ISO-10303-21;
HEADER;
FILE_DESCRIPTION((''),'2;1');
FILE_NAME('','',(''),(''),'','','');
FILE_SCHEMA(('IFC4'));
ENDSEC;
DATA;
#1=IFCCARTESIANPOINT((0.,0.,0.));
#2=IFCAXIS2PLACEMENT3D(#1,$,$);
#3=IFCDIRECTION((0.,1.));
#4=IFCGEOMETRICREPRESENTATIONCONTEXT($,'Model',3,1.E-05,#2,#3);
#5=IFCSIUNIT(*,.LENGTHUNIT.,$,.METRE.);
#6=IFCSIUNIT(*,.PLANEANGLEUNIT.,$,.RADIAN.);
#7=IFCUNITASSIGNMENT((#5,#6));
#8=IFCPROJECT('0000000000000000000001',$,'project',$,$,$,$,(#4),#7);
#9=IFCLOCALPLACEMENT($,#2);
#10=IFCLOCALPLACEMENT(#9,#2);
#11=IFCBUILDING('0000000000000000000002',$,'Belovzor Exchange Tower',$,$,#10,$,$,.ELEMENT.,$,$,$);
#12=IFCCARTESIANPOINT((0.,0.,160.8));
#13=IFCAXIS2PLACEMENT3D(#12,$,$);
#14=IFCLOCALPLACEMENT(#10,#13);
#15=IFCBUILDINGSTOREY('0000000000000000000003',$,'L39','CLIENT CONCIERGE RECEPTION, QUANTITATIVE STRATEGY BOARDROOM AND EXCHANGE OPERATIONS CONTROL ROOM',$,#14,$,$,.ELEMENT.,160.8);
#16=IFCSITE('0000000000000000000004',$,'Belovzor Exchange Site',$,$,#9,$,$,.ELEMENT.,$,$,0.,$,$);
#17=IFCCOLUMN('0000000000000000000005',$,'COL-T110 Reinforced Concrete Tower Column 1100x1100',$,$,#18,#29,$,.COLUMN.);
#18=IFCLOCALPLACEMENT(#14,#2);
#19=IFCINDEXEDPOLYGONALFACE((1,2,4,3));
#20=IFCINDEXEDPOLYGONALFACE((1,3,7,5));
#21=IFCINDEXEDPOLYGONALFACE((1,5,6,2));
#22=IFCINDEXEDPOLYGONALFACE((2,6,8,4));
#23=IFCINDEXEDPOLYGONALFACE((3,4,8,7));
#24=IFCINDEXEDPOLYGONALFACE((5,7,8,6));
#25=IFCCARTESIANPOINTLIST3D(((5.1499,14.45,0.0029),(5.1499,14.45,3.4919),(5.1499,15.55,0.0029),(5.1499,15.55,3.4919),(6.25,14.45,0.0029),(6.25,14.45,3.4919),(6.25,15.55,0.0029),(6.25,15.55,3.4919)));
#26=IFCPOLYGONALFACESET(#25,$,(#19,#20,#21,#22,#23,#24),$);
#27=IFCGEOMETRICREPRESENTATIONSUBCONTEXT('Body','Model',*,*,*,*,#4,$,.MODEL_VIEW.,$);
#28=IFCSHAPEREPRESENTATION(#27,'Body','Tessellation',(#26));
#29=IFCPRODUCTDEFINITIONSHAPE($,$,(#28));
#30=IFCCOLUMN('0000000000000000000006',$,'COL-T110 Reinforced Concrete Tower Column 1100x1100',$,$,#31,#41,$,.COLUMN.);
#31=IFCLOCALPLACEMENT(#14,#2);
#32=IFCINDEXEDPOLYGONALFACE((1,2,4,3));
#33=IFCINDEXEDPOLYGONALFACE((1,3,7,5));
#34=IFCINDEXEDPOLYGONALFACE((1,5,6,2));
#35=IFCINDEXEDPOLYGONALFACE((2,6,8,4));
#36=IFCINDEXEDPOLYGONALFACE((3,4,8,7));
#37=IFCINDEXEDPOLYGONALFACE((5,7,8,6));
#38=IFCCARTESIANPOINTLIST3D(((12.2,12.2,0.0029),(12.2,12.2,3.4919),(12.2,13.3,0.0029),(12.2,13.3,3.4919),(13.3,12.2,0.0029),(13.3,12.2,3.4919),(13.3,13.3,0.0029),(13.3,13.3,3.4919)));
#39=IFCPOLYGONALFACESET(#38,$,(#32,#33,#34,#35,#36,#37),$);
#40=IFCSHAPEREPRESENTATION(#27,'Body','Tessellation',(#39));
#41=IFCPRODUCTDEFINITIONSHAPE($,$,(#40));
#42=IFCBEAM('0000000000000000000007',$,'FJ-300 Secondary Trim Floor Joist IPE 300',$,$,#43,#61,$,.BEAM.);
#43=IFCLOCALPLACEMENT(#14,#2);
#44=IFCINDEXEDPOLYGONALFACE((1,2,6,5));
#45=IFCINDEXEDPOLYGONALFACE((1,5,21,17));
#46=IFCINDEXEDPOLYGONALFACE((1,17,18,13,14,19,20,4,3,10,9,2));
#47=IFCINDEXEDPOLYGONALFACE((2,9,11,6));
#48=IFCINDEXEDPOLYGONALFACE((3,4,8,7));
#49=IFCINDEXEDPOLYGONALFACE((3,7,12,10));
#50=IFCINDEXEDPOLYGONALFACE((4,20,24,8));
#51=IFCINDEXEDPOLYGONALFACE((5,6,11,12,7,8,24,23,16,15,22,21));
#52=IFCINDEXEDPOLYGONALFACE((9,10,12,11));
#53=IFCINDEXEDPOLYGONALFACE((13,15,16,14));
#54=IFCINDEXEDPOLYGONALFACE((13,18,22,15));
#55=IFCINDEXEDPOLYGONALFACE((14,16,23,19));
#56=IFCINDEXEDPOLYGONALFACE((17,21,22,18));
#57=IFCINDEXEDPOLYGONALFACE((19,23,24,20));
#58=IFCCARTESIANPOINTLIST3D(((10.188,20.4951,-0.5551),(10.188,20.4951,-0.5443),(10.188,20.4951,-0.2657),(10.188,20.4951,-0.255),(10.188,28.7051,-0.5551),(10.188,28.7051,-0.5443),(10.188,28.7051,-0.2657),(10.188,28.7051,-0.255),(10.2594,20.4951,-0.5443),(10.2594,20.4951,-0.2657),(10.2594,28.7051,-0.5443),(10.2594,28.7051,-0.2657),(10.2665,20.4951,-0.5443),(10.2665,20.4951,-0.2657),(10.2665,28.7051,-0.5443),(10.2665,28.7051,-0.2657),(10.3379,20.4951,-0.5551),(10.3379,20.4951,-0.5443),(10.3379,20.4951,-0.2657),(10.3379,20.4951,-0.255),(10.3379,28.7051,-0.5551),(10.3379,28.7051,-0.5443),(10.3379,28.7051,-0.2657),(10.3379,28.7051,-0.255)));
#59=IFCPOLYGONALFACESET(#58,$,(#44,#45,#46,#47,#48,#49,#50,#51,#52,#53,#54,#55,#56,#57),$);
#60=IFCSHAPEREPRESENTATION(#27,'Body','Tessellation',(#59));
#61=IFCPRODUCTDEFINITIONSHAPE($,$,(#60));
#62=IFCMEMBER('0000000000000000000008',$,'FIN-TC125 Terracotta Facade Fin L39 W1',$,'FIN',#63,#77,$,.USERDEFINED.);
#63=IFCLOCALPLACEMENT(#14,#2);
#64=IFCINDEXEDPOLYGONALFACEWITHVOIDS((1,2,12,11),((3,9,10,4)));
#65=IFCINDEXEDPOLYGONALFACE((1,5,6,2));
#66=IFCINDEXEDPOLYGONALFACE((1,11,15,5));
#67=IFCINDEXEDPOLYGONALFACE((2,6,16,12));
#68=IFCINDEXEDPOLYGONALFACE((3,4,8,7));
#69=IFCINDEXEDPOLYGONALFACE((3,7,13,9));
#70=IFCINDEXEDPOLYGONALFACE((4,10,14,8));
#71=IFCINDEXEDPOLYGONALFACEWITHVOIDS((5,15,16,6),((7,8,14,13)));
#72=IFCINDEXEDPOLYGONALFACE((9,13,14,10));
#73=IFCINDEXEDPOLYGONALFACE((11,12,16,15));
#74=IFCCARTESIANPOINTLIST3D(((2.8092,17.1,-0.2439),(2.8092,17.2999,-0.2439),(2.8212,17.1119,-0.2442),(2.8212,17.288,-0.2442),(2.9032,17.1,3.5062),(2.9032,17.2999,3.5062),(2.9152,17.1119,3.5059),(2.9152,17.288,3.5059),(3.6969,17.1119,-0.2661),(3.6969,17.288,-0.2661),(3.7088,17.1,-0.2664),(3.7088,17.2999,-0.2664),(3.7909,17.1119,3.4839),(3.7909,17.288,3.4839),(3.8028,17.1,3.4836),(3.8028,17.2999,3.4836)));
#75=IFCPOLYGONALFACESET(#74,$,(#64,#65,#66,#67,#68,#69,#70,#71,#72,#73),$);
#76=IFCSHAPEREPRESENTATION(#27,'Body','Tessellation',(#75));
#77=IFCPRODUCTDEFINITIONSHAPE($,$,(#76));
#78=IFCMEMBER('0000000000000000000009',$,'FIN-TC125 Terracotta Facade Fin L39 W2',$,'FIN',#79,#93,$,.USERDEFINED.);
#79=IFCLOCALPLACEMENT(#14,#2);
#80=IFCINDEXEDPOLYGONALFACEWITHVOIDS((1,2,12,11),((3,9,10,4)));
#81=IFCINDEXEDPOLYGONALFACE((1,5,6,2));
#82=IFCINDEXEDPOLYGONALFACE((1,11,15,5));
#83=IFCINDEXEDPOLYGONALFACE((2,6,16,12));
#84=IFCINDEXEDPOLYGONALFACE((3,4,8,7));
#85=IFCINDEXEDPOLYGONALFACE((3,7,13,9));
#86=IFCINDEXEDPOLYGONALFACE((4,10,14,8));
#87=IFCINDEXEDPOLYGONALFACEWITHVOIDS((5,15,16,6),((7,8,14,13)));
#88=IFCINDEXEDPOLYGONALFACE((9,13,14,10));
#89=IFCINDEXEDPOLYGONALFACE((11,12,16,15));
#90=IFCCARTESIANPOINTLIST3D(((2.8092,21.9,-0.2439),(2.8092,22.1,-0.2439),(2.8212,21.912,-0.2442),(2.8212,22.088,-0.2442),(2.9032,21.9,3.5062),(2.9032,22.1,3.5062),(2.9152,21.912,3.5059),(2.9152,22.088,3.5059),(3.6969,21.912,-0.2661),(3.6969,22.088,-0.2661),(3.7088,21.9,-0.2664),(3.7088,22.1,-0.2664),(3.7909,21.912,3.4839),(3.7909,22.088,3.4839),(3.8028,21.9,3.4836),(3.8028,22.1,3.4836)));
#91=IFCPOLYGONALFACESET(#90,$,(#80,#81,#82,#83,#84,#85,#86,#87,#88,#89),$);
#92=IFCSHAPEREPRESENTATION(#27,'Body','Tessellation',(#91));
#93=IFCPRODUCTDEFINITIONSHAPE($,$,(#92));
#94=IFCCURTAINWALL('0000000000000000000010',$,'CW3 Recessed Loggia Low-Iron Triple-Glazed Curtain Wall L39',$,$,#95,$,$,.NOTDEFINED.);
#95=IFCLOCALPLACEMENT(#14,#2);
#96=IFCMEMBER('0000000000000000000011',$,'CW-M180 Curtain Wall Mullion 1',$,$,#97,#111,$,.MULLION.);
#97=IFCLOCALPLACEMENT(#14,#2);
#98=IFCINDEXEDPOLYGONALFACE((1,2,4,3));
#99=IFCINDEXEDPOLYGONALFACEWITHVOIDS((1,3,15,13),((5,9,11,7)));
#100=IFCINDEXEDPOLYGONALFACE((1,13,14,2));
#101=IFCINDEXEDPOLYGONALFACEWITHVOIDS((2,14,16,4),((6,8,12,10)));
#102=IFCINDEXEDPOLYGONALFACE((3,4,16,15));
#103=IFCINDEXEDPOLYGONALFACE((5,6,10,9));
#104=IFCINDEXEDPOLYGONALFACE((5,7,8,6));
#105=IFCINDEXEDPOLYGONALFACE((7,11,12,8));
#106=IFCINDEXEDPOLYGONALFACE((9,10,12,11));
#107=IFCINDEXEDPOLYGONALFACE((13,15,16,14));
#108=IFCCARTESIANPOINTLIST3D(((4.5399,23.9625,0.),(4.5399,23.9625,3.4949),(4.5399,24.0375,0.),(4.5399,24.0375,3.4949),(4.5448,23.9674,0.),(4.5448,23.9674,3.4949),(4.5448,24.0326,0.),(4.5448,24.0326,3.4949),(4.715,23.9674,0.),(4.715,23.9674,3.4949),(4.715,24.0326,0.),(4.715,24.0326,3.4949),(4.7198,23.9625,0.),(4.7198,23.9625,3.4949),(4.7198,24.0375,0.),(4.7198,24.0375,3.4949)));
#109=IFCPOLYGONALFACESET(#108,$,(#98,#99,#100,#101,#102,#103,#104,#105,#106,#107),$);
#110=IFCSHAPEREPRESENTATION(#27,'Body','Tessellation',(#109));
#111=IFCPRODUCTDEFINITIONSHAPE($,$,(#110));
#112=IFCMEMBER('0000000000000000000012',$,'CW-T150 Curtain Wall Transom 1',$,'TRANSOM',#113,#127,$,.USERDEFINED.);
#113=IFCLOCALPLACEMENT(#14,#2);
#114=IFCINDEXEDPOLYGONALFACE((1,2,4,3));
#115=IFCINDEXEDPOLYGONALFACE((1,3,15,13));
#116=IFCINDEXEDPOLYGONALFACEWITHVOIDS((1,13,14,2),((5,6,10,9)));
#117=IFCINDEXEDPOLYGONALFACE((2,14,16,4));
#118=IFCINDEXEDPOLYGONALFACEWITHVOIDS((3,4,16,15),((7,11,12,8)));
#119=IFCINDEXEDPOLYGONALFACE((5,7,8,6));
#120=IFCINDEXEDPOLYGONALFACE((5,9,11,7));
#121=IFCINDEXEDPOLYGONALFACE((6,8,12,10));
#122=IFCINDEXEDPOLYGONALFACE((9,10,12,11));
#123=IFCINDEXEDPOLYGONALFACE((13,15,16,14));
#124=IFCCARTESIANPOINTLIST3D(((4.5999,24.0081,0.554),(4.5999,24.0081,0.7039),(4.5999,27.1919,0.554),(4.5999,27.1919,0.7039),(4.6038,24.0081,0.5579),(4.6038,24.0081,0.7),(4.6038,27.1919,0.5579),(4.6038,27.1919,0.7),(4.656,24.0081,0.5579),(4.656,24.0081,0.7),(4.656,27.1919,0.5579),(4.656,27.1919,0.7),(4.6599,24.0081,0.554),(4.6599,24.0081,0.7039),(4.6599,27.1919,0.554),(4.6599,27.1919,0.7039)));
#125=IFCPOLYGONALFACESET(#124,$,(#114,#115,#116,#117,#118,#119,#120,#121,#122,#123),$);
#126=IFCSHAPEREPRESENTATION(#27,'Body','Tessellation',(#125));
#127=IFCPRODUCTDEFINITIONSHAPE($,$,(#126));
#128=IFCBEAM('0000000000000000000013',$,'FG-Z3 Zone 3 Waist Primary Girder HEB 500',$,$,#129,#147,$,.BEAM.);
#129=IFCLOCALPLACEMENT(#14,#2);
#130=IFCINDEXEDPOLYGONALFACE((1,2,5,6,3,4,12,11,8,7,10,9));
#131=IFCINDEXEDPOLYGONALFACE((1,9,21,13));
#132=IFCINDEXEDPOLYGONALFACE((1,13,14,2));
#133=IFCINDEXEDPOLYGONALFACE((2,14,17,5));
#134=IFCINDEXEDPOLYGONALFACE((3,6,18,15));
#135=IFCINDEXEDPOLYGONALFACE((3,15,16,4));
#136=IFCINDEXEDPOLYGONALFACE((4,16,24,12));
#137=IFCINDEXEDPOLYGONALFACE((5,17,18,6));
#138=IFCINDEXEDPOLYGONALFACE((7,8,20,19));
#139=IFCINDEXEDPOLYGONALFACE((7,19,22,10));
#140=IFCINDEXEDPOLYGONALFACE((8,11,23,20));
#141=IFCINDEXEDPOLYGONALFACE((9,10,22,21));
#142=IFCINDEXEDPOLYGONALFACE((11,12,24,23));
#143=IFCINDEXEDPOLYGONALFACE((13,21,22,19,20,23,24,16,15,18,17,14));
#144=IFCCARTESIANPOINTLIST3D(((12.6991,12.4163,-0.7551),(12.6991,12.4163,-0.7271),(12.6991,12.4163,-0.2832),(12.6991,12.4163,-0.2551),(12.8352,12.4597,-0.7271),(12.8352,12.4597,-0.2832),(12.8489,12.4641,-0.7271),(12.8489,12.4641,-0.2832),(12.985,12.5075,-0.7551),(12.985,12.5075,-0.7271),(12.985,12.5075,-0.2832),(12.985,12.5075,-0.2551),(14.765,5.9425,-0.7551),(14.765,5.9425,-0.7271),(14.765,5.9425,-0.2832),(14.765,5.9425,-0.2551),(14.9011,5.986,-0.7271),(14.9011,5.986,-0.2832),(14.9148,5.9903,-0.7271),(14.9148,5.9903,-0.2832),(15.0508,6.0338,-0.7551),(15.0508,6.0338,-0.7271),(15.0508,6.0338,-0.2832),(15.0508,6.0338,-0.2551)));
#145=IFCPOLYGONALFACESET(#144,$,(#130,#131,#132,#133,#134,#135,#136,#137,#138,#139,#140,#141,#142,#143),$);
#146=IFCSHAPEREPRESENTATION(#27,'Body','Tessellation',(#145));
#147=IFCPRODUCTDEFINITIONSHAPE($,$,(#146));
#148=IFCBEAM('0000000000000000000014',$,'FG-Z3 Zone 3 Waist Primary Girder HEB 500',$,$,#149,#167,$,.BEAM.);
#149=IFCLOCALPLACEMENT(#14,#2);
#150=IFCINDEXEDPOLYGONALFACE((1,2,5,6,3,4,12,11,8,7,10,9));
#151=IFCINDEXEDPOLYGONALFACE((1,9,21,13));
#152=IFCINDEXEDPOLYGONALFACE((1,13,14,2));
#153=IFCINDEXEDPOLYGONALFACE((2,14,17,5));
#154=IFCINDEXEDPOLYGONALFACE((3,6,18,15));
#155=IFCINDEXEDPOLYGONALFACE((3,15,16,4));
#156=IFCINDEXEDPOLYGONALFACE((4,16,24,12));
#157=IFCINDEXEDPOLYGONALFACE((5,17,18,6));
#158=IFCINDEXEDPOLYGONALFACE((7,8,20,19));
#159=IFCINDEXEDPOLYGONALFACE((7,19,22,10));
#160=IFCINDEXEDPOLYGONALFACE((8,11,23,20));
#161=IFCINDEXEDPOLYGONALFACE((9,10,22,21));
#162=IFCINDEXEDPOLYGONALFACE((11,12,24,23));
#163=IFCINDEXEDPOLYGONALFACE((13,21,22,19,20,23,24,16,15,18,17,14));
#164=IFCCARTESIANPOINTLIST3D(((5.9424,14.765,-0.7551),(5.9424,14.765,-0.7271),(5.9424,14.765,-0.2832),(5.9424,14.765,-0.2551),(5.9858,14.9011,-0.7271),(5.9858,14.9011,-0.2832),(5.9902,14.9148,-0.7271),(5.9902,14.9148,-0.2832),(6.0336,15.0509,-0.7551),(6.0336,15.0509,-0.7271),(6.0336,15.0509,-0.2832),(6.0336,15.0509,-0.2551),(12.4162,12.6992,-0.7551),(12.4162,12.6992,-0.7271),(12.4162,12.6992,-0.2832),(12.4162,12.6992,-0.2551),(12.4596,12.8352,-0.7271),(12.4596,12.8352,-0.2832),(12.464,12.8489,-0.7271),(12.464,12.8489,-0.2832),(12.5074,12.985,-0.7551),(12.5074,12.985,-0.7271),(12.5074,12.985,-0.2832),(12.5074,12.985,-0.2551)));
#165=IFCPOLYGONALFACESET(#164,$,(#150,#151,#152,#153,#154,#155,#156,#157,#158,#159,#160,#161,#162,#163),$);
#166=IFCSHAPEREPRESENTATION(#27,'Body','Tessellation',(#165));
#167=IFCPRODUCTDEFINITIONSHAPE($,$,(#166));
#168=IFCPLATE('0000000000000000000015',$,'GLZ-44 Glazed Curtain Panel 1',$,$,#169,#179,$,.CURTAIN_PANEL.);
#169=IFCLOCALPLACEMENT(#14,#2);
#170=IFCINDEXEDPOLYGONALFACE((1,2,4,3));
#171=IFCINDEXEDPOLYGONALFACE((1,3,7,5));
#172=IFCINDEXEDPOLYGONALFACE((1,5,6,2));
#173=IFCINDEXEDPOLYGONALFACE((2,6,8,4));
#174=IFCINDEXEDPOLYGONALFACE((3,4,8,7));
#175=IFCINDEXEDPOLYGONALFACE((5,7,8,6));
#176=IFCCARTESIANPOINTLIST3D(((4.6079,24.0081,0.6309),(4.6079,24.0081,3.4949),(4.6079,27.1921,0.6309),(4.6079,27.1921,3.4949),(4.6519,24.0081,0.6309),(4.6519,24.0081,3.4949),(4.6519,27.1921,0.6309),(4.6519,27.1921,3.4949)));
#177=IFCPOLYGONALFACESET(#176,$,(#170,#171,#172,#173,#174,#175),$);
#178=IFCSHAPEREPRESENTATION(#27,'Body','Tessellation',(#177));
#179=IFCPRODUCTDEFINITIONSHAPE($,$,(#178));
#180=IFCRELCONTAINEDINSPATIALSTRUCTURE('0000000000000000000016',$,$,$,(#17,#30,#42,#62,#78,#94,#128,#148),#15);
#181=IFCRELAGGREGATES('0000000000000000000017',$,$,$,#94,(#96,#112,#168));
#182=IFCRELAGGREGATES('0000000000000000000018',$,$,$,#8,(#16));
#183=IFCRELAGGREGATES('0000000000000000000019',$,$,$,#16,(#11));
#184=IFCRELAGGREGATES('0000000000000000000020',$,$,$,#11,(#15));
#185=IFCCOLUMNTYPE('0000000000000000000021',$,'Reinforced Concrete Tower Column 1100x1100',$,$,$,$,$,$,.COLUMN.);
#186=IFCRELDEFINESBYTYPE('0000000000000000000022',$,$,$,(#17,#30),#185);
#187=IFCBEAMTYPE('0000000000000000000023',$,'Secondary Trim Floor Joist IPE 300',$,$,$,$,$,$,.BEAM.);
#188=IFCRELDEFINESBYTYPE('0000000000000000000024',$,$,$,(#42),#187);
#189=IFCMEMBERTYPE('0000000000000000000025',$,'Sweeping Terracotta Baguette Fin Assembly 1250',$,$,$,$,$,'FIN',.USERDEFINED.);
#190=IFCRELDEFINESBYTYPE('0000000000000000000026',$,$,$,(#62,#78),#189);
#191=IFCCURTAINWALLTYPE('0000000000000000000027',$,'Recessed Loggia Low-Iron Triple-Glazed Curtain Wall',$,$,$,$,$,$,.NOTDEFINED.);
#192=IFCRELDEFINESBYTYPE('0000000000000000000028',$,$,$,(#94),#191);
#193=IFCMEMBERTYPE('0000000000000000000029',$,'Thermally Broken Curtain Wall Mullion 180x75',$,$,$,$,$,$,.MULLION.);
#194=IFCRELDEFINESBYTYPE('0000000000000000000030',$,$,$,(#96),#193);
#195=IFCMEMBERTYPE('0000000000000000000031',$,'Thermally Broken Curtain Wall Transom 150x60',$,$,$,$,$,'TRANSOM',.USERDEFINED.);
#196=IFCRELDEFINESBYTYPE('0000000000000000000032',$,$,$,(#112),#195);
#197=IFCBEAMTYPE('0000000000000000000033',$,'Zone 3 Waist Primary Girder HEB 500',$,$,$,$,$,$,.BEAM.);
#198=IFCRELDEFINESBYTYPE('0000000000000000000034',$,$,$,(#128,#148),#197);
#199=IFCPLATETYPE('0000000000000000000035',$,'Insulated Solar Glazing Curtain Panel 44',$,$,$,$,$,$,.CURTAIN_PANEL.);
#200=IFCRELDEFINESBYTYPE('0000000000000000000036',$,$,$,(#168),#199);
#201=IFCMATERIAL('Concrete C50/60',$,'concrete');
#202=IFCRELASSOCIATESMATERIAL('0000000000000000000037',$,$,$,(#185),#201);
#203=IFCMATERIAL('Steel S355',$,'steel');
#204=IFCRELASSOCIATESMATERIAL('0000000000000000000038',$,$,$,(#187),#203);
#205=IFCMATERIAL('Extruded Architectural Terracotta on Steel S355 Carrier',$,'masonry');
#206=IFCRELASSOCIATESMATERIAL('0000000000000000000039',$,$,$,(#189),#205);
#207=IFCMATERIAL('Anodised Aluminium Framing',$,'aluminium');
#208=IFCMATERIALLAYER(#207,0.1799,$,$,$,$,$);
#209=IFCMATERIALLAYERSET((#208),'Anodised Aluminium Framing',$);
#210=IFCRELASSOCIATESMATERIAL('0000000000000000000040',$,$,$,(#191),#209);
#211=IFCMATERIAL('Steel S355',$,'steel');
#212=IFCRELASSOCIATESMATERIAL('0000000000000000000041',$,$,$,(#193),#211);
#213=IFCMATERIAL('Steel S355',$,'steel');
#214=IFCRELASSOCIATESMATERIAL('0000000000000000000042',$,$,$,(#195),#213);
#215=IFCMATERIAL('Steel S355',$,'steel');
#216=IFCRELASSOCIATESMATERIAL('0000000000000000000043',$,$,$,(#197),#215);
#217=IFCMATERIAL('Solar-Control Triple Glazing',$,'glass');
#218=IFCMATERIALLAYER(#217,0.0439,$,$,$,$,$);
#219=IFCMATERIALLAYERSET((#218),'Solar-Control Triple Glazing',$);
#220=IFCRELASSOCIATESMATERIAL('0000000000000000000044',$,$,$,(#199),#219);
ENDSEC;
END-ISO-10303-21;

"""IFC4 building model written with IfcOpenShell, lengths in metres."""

from ifc_helpers import new_model, si_unit, direction, frame, origin, origin_2d, place, context, subcontext, project, spatial, rectangle, hollow_rectangle, i_section, extrude, material, layer, layer_set, material_profile, profile_set, type_object, element, aggregate, save


model = new_model("IFC4")

# Units and contexts
model_context = context("Model", 3, precision=1e-05, world=origin(), true_north=direction((0.0, 1.0)))
body_context = subcontext(model_context, "Body", "Model", "MODEL_VIEW")
ifc_project = project(units=[si_unit("LENGTHUNIT", "METRE"), si_unit("PLANEANGLEUNIT", "RADIAN")], contexts=[model_context])

# Site, building, storey
site_placement = place(None, origin())
site = spatial("IfcSite", under=ifc_project, at=site_placement, Name="Belovzor Exchange Site", CompositionType="ELEMENT", RefElevation=0.0)
building_placement = place(site_placement, origin())
building = spatial("IfcBuilding", under=site, at=building_placement, Name="Belovzor Exchange Tower", CompositionType="ELEMENT")
storey_placement = place(building_placement, frame((0.0, 0.0, 160.8)))
storey = spatial("IfcBuildingStorey", under=building, at=storey_placement, Name="L39", Description="CLIENT CONCIERGE RECEPTION, QUANTITATIVE STRATEGY BOARDROOM AND EXCHANGE OPERATIONS CONTROL ROOM", CompositionType="ELEMENT", Elevation=160.8)

# Columns
ifc_material_1 = material(Name="Concrete C50/60", Category="concrete")
ifc_material_profile_1 = material_profile(ifc_material_1, rectangle(XDim=1.1001, YDim=1.1001, at=origin_2d()))
ifc_profile_set_1 = profile_set([ifc_material_profile_1], Name="Concrete C50/60")
column_type = type_object("IfcColumnType", Name="Reinforced Concrete Tower Column 1100x1100", PredefinedType="COLUMN", material=ifc_profile_set_1)
for number, where, z_axis, x_axis, name in (
    (1, (5.7, 15.0, 0.0029), (0.0, 0.0, 1.0), (1.0, 0.0, 0.0), "COL-T110 Reinforced Concrete Tower Column 1100x1100"),
    (2, (12.75, 12.75, 0.0029), (0.0, 0.0, 1.0), (1.0, 0.0, 0.0), "COL-T110 Reinforced Concrete Tower Column 1100x1100"),
):
    element("IfcColumn", number, at=place(storey_placement, frame(where, z_axis=z_axis, x_axis=x_axis)), inside=storey, type_object=column_type, Name=name, PredefinedType="COLUMN", context=body_context, shape_type="SweptSolid", body=[
        extrude(rectangle(XDim=1.1001, YDim=1.1001, at=origin_2d()), origin(), (0.0, 0.0, 1.0), 3.489),
    ])

# Beam
ifc_material_2 = material(Name="Steel S355", Category="steel")
ifc_material_profile_2 = material_profile(ifc_material_2, i_section(OverallWidth=0.1499, OverallDepth=0.3, WebThickness=0.0071, FlangeThickness=0.0107, at=origin_2d()))
ifc_profile_set_2 = profile_set([ifc_material_profile_2], Name="Steel S355")
beam_type_1 = type_object("IfcBeamType", Name="Secondary Trim Floor Joist IPE 300", PredefinedType="BEAM", material=ifc_profile_set_2)
beam_placement = place(storey_placement, frame((10.2629, 20.4951, -0.405), z_axis=(0.0, 1.0, 0.0), x_axis=(-1.0, 0.0, 0.0)))
element("IfcBeam", 3, at=beam_placement, inside=storey, type_object=beam_type_1, Name="FJ-300 Secondary Trim Floor Joist IPE 300", PredefinedType="BEAM", context=body_context, shape_type="SweptSolid", body=[
    extrude(i_section(OverallWidth=0.1499, OverallDepth=0.3, WebThickness=0.0071, FlangeThickness=0.0107, at=origin_2d()), origin(), (0.0, 0.0, 1.0), 8.21),
])

# Members
ifc_material_3 = material(Name="Extruded Architectural Terracotta on Steel S355 Carrier", Category="masonry")
ifc_material_profile_3 = material_profile(ifc_material_3, hollow_rectangle(XDim=0.2, YDim=0.8999, WallThickness=0.012, at=origin_2d()))
ifc_profile_set_3 = profile_set([ifc_material_profile_3], Name="Extruded Architectural Terracotta on Steel S355 Carrier")
member_type_1 = type_object("IfcMemberType", Name="Sweeping Terracotta Baguette Fin Assembly 1250", ElementType="FIN", PredefinedType="USERDEFINED", material=ifc_profile_set_3)
for number, where, z_axis, x_axis, name in (
    (4, (3.259, 17.2, -0.2551), (0.025057, 0.0, 0.999686), (0.0, 1.0, 0.0), "FIN-TC125 Terracotta Facade Fin L39 W1"),
    (5, (3.259, 22.0, -0.2551), (0.025057, 0.0, 0.999686), (0.0, 1.0, 0.0), "FIN-TC125 Terracotta Facade Fin L39 W2"),
):
    element("IfcMember", number, at=place(storey_placement, frame(where, z_axis=z_axis, x_axis=x_axis)), inside=storey, type_object=member_type_1, Name=name, ObjectType="FIN", PredefinedType="USERDEFINED", context=body_context, shape_type="SweptSolid", body=[
        extrude(hollow_rectangle(XDim=0.2, YDim=0.8999, WallThickness=0.012, at=origin_2d()), origin(), (0.0, 0.0, 1.0), 3.7512),
    ])

# Curtain wall, members
ifc_material_4 = material(Name="Anodised Aluminium Framing", Category="aluminium")
ifc_layer_1 = layer(ifc_material_4, 0.1799)
ifc_layer_set_1 = layer_set([ifc_layer_1], Name="Anodised Aluminium Framing")
curtain_wall_type = type_object("IfcCurtainWallType", Name="Recessed Loggia Low-Iron Triple-Glazed Curtain Wall", PredefinedType="NOTDEFINED", material=ifc_layer_set_1)
curtain_wall_placement = place(storey_placement, origin())
curtain_wall = element("IfcCurtainWall", 6, at=curtain_wall_placement, inside=storey, type_object=curtain_wall_type, Name="CW3 Recessed Loggia Low-Iron Triple-Glazed Curtain Wall L39", PredefinedType="NOTDEFINED")
ifc_material_5 = material(Name="Steel S355", Category="steel")
ifc_material_profile_4 = material_profile(ifc_material_5, hollow_rectangle(XDim=0.075, YDim=0.1799, WallThickness=0.0049, at=origin_2d()))
ifc_profile_set_4 = profile_set([ifc_material_profile_4], Name="Steel S355")
member_type_2 = type_object("IfcMemberType", Name="Thermally Broken Curtain Wall Mullion 180x75", PredefinedType="MULLION", material=ifc_profile_set_4)
member_1_placement = place(storey_placement, frame((4.6299, 24.0, 0.0), z_axis=(0.0, 0.0, 1.0), x_axis=(0.0, 1.0, 0.0)))
member_1 = element("IfcMember", 7, at=member_1_placement, type_object=member_type_2, Name="CW-M180 Curtain Wall Mullion 1", PredefinedType="MULLION", context=body_context, shape_type="SweptSolid", body=[
    extrude(hollow_rectangle(XDim=0.075, YDim=0.1799, WallThickness=0.0049, at=origin_2d()), origin(), (0.0, 0.0, 1.0), 3.4949),
])
ifc_material_6 = material(Name="Steel S355", Category="steel")
ifc_material_profile_5 = material_profile(ifc_material_6, hollow_rectangle(XDim=0.0601, YDim=0.1499, WallThickness=0.0039, at=origin_2d()))
ifc_profile_set_5 = profile_set([ifc_material_profile_5], Name="Steel S355")
member_type_3 = type_object("IfcMemberType", Name="Thermally Broken Curtain Wall Transom 150x60", ElementType="TRANSOM", PredefinedType="USERDEFINED", material=ifc_profile_set_5)
member_2_placement = place(storey_placement, frame((4.6299, 24.0081, 0.6289), z_axis=(0.0, 1.0, 0.0), x_axis=(-1.0, 0.0, 0.0)))
member_2 = element("IfcMember", 8, at=member_2_placement, type_object=member_type_3, Name="CW-T150 Curtain Wall Transom 1", ObjectType="TRANSOM", PredefinedType="USERDEFINED", context=body_context, shape_type="SweptSolid", body=[
    extrude(hollow_rectangle(XDim=0.0601, YDim=0.1499, WallThickness=0.0039, at=origin_2d()), origin(), (0.0, 0.0, 1.0), 3.1838),
])

# Beams
ifc_material_7 = material(Name="Steel S355", Category="steel")
ifc_material_profile_6 = material_profile(ifc_material_7, i_section(OverallWidth=0.3, OverallDepth=0.5, WebThickness=0.0144, FlangeThickness=0.0281, at=origin_2d()))
ifc_profile_set_6 = profile_set([ifc_material_profile_6], Name="Steel S355")
beam_type_2 = type_object("IfcBeamType", Name="Zone 3 Waist Primary Girder HEB 500", PredefinedType="BEAM", material=ifc_profile_set_6)
for number, where, z_axis, x_axis, name in (
    (9, (12.842, 12.4619, -0.5051), (0.304012, -0.952668, 0.0), (0.952668, 0.304012, 0.0), "FG-Z3 Zone 3 Waist Primary Girder HEB 500"),
    (10, (5.988, 14.908, -0.5051), (0.952668, -0.304012, 0.0), (0.304012, 0.952668, 0.0), "FG-Z3 Zone 3 Waist Primary Girder HEB 500"),
):
    element("IfcBeam", number, at=place(storey_placement, frame(where, z_axis=z_axis, x_axis=x_axis)), inside=storey, type_object=beam_type_2, Name=name, PredefinedType="BEAM", context=body_context, shape_type="SweptSolid", body=[
        extrude(i_section(OverallWidth=0.3, OverallDepth=0.5, WebThickness=0.0144, FlangeThickness=0.0281, at=origin_2d()), origin(), (0.0, 0.0, 1.0), 6.7954),
    ])

# Plate
ifc_material_8 = material(Name="Solar-Control Triple Glazing", Category="glass")
ifc_layer_2 = layer(ifc_material_8, 0.0439)
ifc_layer_set_2 = layer_set([ifc_layer_2], Name="Solar-Control Triple Glazing")
plate_type_1 = type_object("IfcPlateType", Name="Insulated Solar Glazing Curtain Panel 44", PredefinedType="CURTAIN_PANEL", material=ifc_layer_set_2)
plate_1_placement = place(storey_placement, frame((4.6299, 25.6001, 0.6309), z_axis=(0.0, 0.0, 1.0), x_axis=(0.0, 1.0, 0.0)))
plate_1 = element("IfcPlate", 11, at=plate_1_placement, type_object=plate_type_1, Name="GLZ-44 Glazed Curtain Panel 1", PredefinedType="CURTAIN_PANEL", context=body_context, shape_type="SweptSolid", body=[
    extrude(rectangle(XDim=3.1841, YDim=0.0439, at=origin_2d()), origin(), (0.0, 0.0, 1.0), 2.864),
])

aggregate(curtain_wall, [member_1, member_2, plate_1])

save(model, "model.ifc")
